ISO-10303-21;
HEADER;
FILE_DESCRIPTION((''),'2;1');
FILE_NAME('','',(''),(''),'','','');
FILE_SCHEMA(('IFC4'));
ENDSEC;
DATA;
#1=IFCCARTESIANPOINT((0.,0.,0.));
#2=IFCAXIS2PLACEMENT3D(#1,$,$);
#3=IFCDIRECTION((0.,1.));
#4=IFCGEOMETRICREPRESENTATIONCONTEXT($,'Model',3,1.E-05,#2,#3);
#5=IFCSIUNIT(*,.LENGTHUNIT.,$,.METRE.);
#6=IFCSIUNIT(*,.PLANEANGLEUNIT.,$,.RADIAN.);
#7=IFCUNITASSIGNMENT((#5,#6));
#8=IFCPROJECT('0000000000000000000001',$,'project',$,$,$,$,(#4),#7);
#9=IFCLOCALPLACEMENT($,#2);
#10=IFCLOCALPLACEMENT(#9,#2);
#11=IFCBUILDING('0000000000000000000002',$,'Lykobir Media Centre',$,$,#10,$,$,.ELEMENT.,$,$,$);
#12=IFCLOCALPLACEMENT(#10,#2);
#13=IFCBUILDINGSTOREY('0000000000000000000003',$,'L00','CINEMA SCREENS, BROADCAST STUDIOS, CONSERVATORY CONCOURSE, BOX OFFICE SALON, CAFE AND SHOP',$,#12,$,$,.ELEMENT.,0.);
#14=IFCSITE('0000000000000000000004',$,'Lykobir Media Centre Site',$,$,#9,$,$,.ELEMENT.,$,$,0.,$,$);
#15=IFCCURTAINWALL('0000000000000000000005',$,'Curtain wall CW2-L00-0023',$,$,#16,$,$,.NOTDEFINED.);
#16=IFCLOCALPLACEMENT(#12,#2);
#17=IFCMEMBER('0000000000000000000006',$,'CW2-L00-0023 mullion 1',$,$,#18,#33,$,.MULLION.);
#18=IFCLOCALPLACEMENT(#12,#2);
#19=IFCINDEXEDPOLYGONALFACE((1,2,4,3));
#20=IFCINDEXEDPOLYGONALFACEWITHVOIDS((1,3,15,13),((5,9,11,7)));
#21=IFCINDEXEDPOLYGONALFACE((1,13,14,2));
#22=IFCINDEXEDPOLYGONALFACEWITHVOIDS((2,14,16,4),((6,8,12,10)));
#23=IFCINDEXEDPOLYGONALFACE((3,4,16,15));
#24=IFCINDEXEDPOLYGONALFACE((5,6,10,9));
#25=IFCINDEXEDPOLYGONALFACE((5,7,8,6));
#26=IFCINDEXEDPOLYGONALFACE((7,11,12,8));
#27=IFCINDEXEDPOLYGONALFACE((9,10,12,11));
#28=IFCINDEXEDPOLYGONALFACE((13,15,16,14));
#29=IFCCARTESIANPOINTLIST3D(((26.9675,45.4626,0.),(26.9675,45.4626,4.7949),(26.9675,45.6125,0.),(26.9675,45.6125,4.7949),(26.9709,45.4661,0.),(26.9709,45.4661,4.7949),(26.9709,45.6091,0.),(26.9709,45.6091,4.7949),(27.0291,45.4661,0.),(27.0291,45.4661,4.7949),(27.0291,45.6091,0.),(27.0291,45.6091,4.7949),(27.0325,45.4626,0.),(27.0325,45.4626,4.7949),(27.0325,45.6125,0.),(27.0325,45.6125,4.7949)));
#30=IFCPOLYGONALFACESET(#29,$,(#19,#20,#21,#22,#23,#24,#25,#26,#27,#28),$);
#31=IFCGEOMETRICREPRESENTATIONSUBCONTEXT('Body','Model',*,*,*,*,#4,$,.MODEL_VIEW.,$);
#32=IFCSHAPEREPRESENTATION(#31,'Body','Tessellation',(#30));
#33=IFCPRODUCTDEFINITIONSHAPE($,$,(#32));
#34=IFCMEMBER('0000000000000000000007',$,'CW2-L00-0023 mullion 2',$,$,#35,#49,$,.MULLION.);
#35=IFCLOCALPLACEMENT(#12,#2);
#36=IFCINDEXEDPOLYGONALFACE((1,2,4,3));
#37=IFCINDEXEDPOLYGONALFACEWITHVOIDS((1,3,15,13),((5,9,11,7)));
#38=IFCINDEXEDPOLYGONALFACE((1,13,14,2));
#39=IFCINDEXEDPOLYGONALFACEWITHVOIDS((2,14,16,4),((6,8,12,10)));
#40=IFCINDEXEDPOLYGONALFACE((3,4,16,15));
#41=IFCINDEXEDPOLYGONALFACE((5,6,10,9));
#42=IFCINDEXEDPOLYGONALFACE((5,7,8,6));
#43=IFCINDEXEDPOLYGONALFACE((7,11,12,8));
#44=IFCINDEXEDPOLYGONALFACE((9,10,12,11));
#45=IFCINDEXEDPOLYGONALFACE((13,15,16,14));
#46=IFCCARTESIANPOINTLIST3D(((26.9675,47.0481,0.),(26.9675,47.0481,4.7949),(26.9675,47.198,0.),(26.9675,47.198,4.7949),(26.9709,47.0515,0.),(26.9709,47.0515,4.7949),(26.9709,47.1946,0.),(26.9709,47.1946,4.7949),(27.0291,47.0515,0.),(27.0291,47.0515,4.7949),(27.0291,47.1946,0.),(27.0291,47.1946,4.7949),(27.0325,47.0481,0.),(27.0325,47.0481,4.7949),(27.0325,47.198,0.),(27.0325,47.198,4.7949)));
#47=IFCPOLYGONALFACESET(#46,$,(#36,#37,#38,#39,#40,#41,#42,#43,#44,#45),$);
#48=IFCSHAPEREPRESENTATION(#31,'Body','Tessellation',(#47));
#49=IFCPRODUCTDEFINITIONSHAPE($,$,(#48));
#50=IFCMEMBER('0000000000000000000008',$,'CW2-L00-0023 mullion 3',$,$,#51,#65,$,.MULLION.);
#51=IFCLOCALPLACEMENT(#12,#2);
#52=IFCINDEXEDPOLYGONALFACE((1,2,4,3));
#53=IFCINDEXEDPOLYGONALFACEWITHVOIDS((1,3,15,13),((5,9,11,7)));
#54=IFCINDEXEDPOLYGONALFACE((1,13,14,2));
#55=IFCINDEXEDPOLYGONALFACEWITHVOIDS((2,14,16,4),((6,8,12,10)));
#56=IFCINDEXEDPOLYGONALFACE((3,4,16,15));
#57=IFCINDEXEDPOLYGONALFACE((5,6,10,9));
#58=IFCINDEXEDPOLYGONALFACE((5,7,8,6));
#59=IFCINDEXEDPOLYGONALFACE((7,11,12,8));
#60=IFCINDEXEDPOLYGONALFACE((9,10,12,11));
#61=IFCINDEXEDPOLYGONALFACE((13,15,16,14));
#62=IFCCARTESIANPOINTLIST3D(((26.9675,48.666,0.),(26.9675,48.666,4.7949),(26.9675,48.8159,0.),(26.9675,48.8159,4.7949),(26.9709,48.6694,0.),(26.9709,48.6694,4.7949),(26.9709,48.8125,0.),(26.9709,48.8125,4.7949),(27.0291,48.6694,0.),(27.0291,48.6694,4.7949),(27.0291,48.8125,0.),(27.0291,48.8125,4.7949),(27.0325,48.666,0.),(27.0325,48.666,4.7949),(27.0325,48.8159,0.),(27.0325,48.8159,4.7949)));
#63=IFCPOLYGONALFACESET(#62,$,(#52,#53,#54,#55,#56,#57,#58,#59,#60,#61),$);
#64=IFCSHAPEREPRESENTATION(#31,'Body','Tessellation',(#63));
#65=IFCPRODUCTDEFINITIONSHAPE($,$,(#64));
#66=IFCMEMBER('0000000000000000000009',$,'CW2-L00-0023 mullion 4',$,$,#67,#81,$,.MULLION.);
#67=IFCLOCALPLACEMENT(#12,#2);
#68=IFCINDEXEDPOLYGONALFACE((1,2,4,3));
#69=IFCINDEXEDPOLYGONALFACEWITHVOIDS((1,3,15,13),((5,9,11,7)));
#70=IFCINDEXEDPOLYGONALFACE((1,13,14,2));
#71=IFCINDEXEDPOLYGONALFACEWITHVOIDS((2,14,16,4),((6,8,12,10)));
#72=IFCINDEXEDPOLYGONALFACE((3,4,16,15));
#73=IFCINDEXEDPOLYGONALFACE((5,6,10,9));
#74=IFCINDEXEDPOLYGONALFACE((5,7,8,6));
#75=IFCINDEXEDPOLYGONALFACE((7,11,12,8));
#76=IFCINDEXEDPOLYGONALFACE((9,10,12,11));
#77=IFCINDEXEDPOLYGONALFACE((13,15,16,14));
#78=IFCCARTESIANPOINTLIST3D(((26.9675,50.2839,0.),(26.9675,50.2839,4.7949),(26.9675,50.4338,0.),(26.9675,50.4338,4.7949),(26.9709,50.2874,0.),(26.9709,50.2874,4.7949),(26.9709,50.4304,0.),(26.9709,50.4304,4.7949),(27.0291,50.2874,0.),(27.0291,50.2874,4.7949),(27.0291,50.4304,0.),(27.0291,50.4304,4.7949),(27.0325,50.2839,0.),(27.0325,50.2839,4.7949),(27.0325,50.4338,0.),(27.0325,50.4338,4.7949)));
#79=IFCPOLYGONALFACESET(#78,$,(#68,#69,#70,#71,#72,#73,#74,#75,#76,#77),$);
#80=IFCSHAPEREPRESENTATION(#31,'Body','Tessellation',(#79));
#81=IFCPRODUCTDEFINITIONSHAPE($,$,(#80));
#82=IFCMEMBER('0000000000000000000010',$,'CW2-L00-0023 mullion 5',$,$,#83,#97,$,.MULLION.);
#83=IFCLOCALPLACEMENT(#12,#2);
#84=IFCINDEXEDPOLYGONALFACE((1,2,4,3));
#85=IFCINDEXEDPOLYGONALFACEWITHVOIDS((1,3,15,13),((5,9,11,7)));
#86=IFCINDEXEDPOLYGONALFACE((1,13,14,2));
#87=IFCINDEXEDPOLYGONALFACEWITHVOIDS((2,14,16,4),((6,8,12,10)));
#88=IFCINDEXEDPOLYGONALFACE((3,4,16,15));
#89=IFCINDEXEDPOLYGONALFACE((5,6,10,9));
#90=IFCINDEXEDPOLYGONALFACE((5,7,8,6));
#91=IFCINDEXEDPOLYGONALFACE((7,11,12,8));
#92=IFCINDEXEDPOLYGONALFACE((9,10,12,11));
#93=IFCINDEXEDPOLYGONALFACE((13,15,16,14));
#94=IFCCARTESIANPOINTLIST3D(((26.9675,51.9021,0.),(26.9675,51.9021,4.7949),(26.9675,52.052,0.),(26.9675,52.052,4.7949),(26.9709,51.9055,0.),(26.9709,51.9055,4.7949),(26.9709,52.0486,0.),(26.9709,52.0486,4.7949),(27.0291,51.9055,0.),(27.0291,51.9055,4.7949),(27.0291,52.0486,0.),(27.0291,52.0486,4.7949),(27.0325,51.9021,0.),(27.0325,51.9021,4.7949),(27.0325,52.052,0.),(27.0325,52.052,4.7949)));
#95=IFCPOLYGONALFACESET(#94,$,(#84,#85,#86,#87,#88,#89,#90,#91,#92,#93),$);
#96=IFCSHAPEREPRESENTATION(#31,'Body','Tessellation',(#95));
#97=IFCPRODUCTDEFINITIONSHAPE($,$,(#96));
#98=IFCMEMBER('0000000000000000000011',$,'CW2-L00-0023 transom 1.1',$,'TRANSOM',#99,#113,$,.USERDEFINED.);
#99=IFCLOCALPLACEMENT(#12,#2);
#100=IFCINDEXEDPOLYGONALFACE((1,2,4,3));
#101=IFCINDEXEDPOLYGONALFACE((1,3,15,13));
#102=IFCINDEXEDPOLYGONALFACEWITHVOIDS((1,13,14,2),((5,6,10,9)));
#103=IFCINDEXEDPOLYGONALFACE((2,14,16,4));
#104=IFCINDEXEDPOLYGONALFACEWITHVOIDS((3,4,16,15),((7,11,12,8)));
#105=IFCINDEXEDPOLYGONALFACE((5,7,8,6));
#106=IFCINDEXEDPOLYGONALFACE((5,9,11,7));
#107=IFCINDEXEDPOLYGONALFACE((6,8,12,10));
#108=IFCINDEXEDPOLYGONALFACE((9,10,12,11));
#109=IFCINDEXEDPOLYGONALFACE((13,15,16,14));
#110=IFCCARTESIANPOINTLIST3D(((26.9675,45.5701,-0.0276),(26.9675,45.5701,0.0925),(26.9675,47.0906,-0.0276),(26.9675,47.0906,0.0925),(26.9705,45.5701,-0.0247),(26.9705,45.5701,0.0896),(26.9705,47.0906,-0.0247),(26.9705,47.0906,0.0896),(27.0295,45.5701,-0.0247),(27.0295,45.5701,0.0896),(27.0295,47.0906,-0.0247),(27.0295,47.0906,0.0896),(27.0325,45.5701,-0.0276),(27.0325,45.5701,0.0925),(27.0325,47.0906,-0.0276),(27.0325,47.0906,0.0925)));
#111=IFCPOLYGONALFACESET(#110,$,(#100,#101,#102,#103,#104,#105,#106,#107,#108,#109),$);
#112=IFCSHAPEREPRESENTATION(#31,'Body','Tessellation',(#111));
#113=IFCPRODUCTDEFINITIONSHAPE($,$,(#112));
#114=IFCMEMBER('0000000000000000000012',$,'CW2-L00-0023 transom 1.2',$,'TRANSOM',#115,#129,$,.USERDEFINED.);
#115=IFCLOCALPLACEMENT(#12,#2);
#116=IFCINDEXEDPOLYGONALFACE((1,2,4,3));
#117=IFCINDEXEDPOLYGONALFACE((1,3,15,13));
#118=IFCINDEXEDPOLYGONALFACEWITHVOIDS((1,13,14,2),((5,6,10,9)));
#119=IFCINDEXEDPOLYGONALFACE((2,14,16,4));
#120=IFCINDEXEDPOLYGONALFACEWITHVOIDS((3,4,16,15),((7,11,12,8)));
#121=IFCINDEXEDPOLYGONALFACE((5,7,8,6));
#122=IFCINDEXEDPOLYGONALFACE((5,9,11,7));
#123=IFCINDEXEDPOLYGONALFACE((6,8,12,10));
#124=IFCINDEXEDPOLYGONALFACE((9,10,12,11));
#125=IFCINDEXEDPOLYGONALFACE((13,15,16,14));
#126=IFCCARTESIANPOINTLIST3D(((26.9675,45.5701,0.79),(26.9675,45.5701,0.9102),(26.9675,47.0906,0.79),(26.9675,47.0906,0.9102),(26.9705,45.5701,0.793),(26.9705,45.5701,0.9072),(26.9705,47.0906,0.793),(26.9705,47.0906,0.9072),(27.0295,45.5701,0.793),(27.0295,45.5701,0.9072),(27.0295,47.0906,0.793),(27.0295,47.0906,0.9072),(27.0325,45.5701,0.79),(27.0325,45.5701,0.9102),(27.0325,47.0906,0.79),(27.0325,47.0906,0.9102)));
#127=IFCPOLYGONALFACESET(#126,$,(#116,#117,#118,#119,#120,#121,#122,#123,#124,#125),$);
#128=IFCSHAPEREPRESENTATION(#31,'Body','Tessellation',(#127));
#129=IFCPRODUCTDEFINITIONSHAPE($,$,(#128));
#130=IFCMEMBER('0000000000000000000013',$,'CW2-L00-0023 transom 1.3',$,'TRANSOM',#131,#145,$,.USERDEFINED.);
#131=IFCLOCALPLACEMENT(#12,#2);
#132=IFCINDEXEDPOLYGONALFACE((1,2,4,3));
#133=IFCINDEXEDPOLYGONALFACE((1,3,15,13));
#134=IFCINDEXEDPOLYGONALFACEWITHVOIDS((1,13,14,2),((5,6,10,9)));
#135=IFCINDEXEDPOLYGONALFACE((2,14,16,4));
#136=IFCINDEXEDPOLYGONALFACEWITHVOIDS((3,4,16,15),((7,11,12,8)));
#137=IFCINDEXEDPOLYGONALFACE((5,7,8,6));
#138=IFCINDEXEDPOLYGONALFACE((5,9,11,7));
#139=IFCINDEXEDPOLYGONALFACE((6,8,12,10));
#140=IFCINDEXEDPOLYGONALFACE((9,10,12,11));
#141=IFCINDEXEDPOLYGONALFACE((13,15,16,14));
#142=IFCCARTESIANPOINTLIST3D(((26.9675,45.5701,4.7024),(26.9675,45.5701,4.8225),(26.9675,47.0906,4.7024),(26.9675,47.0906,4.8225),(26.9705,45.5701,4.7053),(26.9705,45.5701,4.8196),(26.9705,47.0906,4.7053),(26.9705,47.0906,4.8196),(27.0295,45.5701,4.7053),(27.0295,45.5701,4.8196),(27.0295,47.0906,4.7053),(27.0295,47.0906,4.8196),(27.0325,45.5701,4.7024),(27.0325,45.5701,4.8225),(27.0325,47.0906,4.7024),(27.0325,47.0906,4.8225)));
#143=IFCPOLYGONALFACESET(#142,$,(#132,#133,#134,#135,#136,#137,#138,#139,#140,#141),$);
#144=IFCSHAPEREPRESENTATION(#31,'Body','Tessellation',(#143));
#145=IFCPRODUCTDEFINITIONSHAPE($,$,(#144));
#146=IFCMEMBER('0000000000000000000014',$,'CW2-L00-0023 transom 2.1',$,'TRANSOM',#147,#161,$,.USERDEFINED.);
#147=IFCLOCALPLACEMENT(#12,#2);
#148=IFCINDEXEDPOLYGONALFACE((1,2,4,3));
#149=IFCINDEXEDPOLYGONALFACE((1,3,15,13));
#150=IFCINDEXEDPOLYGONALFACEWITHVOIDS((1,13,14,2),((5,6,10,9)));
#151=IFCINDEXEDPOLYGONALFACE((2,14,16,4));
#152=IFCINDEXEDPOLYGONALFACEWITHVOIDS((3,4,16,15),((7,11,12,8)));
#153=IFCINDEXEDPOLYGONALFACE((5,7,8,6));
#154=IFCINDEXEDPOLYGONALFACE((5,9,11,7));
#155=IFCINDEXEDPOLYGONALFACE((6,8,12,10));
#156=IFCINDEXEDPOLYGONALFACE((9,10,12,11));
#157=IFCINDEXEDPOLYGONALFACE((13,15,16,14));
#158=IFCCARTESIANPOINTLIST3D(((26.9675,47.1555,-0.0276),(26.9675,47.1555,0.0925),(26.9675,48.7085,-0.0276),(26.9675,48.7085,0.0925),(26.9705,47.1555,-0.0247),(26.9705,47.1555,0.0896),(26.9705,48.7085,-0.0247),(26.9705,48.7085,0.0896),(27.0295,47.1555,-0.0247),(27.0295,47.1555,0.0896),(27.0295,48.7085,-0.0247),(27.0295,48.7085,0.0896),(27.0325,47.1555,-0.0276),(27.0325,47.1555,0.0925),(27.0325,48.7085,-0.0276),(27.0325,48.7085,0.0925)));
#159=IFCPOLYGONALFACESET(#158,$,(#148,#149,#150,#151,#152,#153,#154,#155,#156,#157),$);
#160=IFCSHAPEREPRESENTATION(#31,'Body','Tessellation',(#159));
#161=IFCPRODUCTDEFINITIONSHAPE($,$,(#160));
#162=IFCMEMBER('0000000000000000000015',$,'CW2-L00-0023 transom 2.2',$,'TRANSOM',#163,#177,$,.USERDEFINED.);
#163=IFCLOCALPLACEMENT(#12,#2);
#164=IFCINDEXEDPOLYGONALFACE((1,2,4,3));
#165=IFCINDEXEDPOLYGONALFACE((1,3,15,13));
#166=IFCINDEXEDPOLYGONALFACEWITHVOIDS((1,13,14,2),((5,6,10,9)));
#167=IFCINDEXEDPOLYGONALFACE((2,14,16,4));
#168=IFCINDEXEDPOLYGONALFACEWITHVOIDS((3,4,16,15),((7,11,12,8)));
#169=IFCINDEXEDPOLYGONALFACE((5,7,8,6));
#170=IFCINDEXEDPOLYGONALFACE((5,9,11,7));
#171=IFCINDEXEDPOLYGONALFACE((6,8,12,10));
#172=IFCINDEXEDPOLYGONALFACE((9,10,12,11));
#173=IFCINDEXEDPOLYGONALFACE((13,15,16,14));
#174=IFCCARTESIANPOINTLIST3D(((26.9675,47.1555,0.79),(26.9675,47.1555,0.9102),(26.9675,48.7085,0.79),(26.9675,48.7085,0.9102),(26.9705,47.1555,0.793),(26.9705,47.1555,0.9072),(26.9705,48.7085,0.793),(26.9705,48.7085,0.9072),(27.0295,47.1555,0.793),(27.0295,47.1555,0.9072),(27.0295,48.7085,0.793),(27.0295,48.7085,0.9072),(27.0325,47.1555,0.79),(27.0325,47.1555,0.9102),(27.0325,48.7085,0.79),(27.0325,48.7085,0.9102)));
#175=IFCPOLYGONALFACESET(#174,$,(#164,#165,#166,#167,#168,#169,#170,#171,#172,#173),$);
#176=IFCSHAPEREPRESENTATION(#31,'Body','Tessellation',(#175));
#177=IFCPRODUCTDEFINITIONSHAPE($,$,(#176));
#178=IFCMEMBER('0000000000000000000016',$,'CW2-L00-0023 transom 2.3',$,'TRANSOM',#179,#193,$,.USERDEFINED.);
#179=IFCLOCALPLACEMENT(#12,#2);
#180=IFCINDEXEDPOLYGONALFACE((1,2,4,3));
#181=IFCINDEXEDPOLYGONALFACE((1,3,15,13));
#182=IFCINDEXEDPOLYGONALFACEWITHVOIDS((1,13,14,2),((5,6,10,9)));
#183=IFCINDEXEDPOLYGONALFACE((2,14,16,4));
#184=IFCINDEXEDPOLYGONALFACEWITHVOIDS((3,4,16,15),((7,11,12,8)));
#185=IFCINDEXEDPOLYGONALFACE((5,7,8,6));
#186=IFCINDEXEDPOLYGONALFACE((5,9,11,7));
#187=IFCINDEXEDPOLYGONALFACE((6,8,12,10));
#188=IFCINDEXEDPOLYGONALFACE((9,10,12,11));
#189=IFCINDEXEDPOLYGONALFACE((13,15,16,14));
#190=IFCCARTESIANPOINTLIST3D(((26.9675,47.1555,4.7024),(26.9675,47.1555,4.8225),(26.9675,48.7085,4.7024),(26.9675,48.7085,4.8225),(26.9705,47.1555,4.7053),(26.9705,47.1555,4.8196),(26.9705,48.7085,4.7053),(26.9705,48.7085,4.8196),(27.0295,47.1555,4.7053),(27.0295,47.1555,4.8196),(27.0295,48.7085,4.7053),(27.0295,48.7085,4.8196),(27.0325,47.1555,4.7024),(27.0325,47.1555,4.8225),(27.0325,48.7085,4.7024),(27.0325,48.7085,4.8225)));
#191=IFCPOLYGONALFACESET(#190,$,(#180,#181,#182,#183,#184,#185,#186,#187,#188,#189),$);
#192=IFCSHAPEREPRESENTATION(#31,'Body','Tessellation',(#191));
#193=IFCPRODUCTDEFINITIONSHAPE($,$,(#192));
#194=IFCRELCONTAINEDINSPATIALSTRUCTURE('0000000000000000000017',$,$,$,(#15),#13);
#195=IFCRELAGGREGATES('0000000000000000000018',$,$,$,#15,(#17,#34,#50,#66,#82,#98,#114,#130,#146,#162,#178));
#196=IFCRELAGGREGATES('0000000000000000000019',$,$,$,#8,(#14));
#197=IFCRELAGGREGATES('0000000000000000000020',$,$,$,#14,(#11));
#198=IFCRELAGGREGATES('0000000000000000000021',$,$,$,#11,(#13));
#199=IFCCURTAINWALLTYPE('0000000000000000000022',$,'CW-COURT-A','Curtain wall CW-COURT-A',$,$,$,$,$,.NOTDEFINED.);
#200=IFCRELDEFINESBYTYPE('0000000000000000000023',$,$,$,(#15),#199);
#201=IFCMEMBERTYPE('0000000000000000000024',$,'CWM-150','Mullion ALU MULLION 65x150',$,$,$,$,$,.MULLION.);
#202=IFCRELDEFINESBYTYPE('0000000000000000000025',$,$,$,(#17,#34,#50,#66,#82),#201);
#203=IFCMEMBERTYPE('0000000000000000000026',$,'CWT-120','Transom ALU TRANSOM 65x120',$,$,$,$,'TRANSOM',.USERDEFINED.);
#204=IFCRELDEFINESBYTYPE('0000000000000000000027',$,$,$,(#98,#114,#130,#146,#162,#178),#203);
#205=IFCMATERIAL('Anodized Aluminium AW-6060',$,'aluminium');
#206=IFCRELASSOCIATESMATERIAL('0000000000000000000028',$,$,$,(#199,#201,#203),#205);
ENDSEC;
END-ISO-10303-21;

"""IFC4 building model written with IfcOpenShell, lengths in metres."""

from ifc_helpers import new_model, si_unit, direction, frame, origin, origin_2d, place, context, subcontext, project, spatial, hollow_rectangle, extrude, material, material_profile, profile_set, type_object, element, aggregate, save


model = new_model("IFC4")

# Units and contexts
model_context = context("Model", 3, precision=1e-05, world=origin(), true_north=direction((0.0, 1.0)))
body_context = subcontext(model_context, "Body", "Model", "MODEL_VIEW")
ifc_project = project(units=[si_unit("LENGTHUNIT", "METRE"), si_unit("PLANEANGLEUNIT", "RADIAN")], contexts=[model_context])

# Site, building, storey
site_placement = place(None, origin())
site = spatial("IfcSite", under=ifc_project, at=site_placement, Name="Lykobir Media Centre Site", CompositionType="ELEMENT", RefElevation=0.0)
building_placement = place(site_placement, origin())
building = spatial("IfcBuilding", under=site, at=building_placement, Name="Lykobir Media Centre", CompositionType="ELEMENT")
storey_placement = place(building_placement, origin())
storey = spatial("IfcBuildingStorey", under=building, at=storey_placement, Name="L00", Description="CINEMA SCREENS, BROADCAST STUDIOS, CONSERVATORY CONCOURSE, BOX OFFICE SALON, CAFE AND SHOP", CompositionType="ELEMENT", Elevation=0.0)

# Curtain wall, members
ifc_material_1 = material(Name="Anodized Aluminium AW-6060", Category="aluminium")
curtain_wall_type = type_object("IfcCurtainWallType", Name="CW-COURT-A", Description="Curtain wall CW-COURT-A", PredefinedType="NOTDEFINED", material=ifc_material_1)
curtain_wall_placement = place(storey_placement, origin())
curtain_wall = element("IfcCurtainWall", 1, at=curtain_wall_placement, inside=storey, type_object=curtain_wall_type, Name="Curtain wall CW2-L00-0023", PredefinedType="NOTDEFINED")
ifc_material_profile_1 = material_profile(ifc_material_1, hollow_rectangle(XDim=0.0649, YDim=0.1499, WallThickness=0.0034, at=origin_2d()), Name="ALU MULLION 65x150")
ifc_profile_set_1 = profile_set([ifc_material_profile_1], Name="Anodized Aluminium AW-6060")
member_type_1 = type_object("IfcMemberType", Name="CWM-150", Description="Mullion ALU MULLION 65x150", PredefinedType="MULLION", material=ifc_profile_set_1)
member_1_placement = place(storey_placement, frame((27.0, 45.5376, 0.0), z_axis=(0.0, 0.0, 1.0), x_axis=(-1.0, 0.0, 0.0)))
member_1 = element("IfcMember", 2, at=member_1_placement, type_object=member_type_1, Name="CW2-L00-0023 mullion 1", PredefinedType="MULLION", context=body_context, shape_type="SweptSolid", body=[
    extrude(hollow_rectangle(XDim=0.0649, YDim=0.1499, WallThickness=0.0034, at=origin_2d()), origin(), (0.0, 0.0, 1.0), 4.7949),
])
member_2_placement = place(storey_placement, frame((27.0, 47.123, 0.0), z_axis=(0.0, 0.0, 1.0), x_axis=(-1.0, 0.0, 0.0)))
member_2 = element("IfcMember", 3, at=member_2_placement, type_object=member_type_1, Name="CW2-L00-0023 mullion 2", PredefinedType="MULLION", context=body_context, shape_type="SweptSolid", body=[
    extrude(hollow_rectangle(XDim=0.0649, YDim=0.1499, WallThickness=0.0034, at=origin_2d()), origin(), (0.0, 0.0, 1.0), 4.7949),
])
member_3_placement = place(storey_placement, frame((27.0, 48.741, 0.0), z_axis=(0.0, 0.0, 1.0), x_axis=(-1.0, 0.0, 0.0)))
member_3 = element("IfcMember", 4, at=member_3_placement, type_object=member_type_1, Name="CW2-L00-0023 mullion 3", PredefinedType="MULLION", context=body_context, shape_type="SweptSolid", body=[
    extrude(hollow_rectangle(XDim=0.0649, YDim=0.1499, WallThickness=0.0034, at=origin_2d()), origin(), (0.0, 0.0, 1.0), 4.7949),
])
member_4_placement = place(storey_placement, frame((27.0, 50.3589, 0.0), z_axis=(0.0, 0.0, 1.0), x_axis=(-1.0, 0.0, 0.0)))
member_4 = element("IfcMember", 5, at=member_4_placement, type_object=member_type_1, Name="CW2-L00-0023 mullion 4", PredefinedType="MULLION", context=body_context, shape_type="SweptSolid", body=[
    extrude(hollow_rectangle(XDim=0.0649, YDim=0.1499, WallThickness=0.0034, at=origin_2d()), origin(), (0.0, 0.0, 1.0), 4.7949),
])
member_5_placement = place(storey_placement, frame((27.0, 51.9771, 0.0), z_axis=(0.0, 0.0, 1.0), x_axis=(-1.0, 0.0, 0.0)))
member_5 = element("IfcMember", 6, at=member_5_placement, type_object=member_type_1, Name="CW2-L00-0023 mullion 5", PredefinedType="MULLION", context=body_context, shape_type="SweptSolid", body=[
    extrude(hollow_rectangle(XDim=0.0649, YDim=0.1499, WallThickness=0.0034, at=origin_2d()), origin(), (0.0, 0.0, 1.0), 4.7949),
])
ifc_material_profile_2 = material_profile(ifc_material_1, hollow_rectangle(XDim=0.0649, YDim=0.1201, WallThickness=0.0029, at=origin_2d()), Name="ALU TRANSOM 65x120")
ifc_profile_set_2 = profile_set([ifc_material_profile_2], Name="Anodized Aluminium AW-6060")
member_type_2 = type_object("IfcMemberType", Name="CWT-120", Description="Transom ALU TRANSOM 65x120", ElementType="TRANSOM", PredefinedType="USERDEFINED", material=ifc_profile_set_2)
member_6_placement = place(storey_placement, frame((27.0, 45.5701, 0.0325), z_axis=(0.0, 1.0, 0.0), x_axis=(-1.0, 0.0, 0.0)))
member_6 = element("IfcMember", 7, at=member_6_placement, type_object=member_type_2, Name="CW2-L00-0023 transom 1.1", ObjectType="TRANSOM", PredefinedType="USERDEFINED", context=body_context, shape_type="SweptSolid", body=[
    extrude(hollow_rectangle(XDim=0.0649, YDim=0.1201, WallThickness=0.0029, at=origin_2d()), origin(), (0.0, 0.0, 1.0), 1.5205),
])
member_7_placement = place(storey_placement, frame((27.0, 45.5701, 0.8501), z_axis=(0.0, 1.0, 0.0), x_axis=(-1.0, 0.0, 0.0)))
member_7 = element("IfcMember", 8, at=member_7_placement, type_object=member_type_2, Name="CW2-L00-0023 transom 1.2", ObjectType="TRANSOM", PredefinedType="USERDEFINED", context=body_context, shape_type="SweptSolid", body=[
    extrude(hollow_rectangle(XDim=0.0649, YDim=0.1201, WallThickness=0.0029, at=origin_2d()), origin(), (0.0, 0.0, 1.0), 1.5205),
])
member_8_placement = place(storey_placement, frame((27.0, 45.5701, 4.7625), z_axis=(0.0, 1.0, 0.0), x_axis=(-1.0, 0.0, 0.0)))
member_8 = element("IfcMember", 9, at=member_8_placement, type_object=member_type_2, Name="CW2-L00-0023 transom 1.3", ObjectType="TRANSOM", PredefinedType="USERDEFINED", context=body_context, shape_type="SweptSolid", body=[
    extrude(hollow_rectangle(XDim=0.0649, YDim=0.1201, WallThickness=0.0029, at=origin_2d()), origin(), (0.0, 0.0, 1.0), 1.5205),
])
member_9_placement = place(storey_placement, frame((27.0, 47.1555, 0.0325), z_axis=(0.0, 1.0, 0.0), x_axis=(-1.0, 0.0, 0.0)))
member_9 = element("IfcMember", 10, at=member_9_placement, type_object=member_type_2, Name="CW2-L00-0023 transom 2.1", ObjectType="TRANSOM", PredefinedType="USERDEFINED", context=body_context, shape_type="SweptSolid", body=[
    extrude(hollow_rectangle(XDim=0.0649, YDim=0.1201, WallThickness=0.0029, at=origin_2d()), origin(), (0.0, 0.0, 1.0), 1.553),
])
member_10_placement = place(storey_placement, frame((27.0, 47.1555, 0.8501), z_axis=(0.0, 1.0, 0.0), x_axis=(-1.0, 0.0, 0.0)))
member_10 = element("IfcMember", 11, at=member_10_placement, type_object=member_type_2, Name="CW2-L00-0023 transom 2.2", ObjectType="TRANSOM", PredefinedType="USERDEFINED", context=body_context, shape_type="SweptSolid", body=[
    extrude(hollow_rectangle(XDim=0.0649, YDim=0.1201, WallThickness=0.0029, at=origin_2d()), origin(), (0.0, 0.0, 1.0), 1.553),
])
member_11_placement = place(storey_placement, frame((27.0, 47.1555, 4.7625), z_axis=(0.0, 1.0, 0.0), x_axis=(-1.0, 0.0, 0.0)))
member_11 = element("IfcMember", 12, at=member_11_placement, type_object=member_type_2, Name="CW2-L00-0023 transom 2.3", ObjectType="TRANSOM", PredefinedType="USERDEFINED", context=body_context, shape_type="SweptSolid", body=[
    extrude(hollow_rectangle(XDim=0.0649, YDim=0.1201, WallThickness=0.0029, at=origin_2d()), origin(), (0.0, 0.0, 1.0), 1.553),
])
aggregate(curtain_wall, [member_1, member_2, member_3, member_4, member_5, member_6, member_7, member_8, member_9, member_10, member_11])

save(model, "model.ifc")
